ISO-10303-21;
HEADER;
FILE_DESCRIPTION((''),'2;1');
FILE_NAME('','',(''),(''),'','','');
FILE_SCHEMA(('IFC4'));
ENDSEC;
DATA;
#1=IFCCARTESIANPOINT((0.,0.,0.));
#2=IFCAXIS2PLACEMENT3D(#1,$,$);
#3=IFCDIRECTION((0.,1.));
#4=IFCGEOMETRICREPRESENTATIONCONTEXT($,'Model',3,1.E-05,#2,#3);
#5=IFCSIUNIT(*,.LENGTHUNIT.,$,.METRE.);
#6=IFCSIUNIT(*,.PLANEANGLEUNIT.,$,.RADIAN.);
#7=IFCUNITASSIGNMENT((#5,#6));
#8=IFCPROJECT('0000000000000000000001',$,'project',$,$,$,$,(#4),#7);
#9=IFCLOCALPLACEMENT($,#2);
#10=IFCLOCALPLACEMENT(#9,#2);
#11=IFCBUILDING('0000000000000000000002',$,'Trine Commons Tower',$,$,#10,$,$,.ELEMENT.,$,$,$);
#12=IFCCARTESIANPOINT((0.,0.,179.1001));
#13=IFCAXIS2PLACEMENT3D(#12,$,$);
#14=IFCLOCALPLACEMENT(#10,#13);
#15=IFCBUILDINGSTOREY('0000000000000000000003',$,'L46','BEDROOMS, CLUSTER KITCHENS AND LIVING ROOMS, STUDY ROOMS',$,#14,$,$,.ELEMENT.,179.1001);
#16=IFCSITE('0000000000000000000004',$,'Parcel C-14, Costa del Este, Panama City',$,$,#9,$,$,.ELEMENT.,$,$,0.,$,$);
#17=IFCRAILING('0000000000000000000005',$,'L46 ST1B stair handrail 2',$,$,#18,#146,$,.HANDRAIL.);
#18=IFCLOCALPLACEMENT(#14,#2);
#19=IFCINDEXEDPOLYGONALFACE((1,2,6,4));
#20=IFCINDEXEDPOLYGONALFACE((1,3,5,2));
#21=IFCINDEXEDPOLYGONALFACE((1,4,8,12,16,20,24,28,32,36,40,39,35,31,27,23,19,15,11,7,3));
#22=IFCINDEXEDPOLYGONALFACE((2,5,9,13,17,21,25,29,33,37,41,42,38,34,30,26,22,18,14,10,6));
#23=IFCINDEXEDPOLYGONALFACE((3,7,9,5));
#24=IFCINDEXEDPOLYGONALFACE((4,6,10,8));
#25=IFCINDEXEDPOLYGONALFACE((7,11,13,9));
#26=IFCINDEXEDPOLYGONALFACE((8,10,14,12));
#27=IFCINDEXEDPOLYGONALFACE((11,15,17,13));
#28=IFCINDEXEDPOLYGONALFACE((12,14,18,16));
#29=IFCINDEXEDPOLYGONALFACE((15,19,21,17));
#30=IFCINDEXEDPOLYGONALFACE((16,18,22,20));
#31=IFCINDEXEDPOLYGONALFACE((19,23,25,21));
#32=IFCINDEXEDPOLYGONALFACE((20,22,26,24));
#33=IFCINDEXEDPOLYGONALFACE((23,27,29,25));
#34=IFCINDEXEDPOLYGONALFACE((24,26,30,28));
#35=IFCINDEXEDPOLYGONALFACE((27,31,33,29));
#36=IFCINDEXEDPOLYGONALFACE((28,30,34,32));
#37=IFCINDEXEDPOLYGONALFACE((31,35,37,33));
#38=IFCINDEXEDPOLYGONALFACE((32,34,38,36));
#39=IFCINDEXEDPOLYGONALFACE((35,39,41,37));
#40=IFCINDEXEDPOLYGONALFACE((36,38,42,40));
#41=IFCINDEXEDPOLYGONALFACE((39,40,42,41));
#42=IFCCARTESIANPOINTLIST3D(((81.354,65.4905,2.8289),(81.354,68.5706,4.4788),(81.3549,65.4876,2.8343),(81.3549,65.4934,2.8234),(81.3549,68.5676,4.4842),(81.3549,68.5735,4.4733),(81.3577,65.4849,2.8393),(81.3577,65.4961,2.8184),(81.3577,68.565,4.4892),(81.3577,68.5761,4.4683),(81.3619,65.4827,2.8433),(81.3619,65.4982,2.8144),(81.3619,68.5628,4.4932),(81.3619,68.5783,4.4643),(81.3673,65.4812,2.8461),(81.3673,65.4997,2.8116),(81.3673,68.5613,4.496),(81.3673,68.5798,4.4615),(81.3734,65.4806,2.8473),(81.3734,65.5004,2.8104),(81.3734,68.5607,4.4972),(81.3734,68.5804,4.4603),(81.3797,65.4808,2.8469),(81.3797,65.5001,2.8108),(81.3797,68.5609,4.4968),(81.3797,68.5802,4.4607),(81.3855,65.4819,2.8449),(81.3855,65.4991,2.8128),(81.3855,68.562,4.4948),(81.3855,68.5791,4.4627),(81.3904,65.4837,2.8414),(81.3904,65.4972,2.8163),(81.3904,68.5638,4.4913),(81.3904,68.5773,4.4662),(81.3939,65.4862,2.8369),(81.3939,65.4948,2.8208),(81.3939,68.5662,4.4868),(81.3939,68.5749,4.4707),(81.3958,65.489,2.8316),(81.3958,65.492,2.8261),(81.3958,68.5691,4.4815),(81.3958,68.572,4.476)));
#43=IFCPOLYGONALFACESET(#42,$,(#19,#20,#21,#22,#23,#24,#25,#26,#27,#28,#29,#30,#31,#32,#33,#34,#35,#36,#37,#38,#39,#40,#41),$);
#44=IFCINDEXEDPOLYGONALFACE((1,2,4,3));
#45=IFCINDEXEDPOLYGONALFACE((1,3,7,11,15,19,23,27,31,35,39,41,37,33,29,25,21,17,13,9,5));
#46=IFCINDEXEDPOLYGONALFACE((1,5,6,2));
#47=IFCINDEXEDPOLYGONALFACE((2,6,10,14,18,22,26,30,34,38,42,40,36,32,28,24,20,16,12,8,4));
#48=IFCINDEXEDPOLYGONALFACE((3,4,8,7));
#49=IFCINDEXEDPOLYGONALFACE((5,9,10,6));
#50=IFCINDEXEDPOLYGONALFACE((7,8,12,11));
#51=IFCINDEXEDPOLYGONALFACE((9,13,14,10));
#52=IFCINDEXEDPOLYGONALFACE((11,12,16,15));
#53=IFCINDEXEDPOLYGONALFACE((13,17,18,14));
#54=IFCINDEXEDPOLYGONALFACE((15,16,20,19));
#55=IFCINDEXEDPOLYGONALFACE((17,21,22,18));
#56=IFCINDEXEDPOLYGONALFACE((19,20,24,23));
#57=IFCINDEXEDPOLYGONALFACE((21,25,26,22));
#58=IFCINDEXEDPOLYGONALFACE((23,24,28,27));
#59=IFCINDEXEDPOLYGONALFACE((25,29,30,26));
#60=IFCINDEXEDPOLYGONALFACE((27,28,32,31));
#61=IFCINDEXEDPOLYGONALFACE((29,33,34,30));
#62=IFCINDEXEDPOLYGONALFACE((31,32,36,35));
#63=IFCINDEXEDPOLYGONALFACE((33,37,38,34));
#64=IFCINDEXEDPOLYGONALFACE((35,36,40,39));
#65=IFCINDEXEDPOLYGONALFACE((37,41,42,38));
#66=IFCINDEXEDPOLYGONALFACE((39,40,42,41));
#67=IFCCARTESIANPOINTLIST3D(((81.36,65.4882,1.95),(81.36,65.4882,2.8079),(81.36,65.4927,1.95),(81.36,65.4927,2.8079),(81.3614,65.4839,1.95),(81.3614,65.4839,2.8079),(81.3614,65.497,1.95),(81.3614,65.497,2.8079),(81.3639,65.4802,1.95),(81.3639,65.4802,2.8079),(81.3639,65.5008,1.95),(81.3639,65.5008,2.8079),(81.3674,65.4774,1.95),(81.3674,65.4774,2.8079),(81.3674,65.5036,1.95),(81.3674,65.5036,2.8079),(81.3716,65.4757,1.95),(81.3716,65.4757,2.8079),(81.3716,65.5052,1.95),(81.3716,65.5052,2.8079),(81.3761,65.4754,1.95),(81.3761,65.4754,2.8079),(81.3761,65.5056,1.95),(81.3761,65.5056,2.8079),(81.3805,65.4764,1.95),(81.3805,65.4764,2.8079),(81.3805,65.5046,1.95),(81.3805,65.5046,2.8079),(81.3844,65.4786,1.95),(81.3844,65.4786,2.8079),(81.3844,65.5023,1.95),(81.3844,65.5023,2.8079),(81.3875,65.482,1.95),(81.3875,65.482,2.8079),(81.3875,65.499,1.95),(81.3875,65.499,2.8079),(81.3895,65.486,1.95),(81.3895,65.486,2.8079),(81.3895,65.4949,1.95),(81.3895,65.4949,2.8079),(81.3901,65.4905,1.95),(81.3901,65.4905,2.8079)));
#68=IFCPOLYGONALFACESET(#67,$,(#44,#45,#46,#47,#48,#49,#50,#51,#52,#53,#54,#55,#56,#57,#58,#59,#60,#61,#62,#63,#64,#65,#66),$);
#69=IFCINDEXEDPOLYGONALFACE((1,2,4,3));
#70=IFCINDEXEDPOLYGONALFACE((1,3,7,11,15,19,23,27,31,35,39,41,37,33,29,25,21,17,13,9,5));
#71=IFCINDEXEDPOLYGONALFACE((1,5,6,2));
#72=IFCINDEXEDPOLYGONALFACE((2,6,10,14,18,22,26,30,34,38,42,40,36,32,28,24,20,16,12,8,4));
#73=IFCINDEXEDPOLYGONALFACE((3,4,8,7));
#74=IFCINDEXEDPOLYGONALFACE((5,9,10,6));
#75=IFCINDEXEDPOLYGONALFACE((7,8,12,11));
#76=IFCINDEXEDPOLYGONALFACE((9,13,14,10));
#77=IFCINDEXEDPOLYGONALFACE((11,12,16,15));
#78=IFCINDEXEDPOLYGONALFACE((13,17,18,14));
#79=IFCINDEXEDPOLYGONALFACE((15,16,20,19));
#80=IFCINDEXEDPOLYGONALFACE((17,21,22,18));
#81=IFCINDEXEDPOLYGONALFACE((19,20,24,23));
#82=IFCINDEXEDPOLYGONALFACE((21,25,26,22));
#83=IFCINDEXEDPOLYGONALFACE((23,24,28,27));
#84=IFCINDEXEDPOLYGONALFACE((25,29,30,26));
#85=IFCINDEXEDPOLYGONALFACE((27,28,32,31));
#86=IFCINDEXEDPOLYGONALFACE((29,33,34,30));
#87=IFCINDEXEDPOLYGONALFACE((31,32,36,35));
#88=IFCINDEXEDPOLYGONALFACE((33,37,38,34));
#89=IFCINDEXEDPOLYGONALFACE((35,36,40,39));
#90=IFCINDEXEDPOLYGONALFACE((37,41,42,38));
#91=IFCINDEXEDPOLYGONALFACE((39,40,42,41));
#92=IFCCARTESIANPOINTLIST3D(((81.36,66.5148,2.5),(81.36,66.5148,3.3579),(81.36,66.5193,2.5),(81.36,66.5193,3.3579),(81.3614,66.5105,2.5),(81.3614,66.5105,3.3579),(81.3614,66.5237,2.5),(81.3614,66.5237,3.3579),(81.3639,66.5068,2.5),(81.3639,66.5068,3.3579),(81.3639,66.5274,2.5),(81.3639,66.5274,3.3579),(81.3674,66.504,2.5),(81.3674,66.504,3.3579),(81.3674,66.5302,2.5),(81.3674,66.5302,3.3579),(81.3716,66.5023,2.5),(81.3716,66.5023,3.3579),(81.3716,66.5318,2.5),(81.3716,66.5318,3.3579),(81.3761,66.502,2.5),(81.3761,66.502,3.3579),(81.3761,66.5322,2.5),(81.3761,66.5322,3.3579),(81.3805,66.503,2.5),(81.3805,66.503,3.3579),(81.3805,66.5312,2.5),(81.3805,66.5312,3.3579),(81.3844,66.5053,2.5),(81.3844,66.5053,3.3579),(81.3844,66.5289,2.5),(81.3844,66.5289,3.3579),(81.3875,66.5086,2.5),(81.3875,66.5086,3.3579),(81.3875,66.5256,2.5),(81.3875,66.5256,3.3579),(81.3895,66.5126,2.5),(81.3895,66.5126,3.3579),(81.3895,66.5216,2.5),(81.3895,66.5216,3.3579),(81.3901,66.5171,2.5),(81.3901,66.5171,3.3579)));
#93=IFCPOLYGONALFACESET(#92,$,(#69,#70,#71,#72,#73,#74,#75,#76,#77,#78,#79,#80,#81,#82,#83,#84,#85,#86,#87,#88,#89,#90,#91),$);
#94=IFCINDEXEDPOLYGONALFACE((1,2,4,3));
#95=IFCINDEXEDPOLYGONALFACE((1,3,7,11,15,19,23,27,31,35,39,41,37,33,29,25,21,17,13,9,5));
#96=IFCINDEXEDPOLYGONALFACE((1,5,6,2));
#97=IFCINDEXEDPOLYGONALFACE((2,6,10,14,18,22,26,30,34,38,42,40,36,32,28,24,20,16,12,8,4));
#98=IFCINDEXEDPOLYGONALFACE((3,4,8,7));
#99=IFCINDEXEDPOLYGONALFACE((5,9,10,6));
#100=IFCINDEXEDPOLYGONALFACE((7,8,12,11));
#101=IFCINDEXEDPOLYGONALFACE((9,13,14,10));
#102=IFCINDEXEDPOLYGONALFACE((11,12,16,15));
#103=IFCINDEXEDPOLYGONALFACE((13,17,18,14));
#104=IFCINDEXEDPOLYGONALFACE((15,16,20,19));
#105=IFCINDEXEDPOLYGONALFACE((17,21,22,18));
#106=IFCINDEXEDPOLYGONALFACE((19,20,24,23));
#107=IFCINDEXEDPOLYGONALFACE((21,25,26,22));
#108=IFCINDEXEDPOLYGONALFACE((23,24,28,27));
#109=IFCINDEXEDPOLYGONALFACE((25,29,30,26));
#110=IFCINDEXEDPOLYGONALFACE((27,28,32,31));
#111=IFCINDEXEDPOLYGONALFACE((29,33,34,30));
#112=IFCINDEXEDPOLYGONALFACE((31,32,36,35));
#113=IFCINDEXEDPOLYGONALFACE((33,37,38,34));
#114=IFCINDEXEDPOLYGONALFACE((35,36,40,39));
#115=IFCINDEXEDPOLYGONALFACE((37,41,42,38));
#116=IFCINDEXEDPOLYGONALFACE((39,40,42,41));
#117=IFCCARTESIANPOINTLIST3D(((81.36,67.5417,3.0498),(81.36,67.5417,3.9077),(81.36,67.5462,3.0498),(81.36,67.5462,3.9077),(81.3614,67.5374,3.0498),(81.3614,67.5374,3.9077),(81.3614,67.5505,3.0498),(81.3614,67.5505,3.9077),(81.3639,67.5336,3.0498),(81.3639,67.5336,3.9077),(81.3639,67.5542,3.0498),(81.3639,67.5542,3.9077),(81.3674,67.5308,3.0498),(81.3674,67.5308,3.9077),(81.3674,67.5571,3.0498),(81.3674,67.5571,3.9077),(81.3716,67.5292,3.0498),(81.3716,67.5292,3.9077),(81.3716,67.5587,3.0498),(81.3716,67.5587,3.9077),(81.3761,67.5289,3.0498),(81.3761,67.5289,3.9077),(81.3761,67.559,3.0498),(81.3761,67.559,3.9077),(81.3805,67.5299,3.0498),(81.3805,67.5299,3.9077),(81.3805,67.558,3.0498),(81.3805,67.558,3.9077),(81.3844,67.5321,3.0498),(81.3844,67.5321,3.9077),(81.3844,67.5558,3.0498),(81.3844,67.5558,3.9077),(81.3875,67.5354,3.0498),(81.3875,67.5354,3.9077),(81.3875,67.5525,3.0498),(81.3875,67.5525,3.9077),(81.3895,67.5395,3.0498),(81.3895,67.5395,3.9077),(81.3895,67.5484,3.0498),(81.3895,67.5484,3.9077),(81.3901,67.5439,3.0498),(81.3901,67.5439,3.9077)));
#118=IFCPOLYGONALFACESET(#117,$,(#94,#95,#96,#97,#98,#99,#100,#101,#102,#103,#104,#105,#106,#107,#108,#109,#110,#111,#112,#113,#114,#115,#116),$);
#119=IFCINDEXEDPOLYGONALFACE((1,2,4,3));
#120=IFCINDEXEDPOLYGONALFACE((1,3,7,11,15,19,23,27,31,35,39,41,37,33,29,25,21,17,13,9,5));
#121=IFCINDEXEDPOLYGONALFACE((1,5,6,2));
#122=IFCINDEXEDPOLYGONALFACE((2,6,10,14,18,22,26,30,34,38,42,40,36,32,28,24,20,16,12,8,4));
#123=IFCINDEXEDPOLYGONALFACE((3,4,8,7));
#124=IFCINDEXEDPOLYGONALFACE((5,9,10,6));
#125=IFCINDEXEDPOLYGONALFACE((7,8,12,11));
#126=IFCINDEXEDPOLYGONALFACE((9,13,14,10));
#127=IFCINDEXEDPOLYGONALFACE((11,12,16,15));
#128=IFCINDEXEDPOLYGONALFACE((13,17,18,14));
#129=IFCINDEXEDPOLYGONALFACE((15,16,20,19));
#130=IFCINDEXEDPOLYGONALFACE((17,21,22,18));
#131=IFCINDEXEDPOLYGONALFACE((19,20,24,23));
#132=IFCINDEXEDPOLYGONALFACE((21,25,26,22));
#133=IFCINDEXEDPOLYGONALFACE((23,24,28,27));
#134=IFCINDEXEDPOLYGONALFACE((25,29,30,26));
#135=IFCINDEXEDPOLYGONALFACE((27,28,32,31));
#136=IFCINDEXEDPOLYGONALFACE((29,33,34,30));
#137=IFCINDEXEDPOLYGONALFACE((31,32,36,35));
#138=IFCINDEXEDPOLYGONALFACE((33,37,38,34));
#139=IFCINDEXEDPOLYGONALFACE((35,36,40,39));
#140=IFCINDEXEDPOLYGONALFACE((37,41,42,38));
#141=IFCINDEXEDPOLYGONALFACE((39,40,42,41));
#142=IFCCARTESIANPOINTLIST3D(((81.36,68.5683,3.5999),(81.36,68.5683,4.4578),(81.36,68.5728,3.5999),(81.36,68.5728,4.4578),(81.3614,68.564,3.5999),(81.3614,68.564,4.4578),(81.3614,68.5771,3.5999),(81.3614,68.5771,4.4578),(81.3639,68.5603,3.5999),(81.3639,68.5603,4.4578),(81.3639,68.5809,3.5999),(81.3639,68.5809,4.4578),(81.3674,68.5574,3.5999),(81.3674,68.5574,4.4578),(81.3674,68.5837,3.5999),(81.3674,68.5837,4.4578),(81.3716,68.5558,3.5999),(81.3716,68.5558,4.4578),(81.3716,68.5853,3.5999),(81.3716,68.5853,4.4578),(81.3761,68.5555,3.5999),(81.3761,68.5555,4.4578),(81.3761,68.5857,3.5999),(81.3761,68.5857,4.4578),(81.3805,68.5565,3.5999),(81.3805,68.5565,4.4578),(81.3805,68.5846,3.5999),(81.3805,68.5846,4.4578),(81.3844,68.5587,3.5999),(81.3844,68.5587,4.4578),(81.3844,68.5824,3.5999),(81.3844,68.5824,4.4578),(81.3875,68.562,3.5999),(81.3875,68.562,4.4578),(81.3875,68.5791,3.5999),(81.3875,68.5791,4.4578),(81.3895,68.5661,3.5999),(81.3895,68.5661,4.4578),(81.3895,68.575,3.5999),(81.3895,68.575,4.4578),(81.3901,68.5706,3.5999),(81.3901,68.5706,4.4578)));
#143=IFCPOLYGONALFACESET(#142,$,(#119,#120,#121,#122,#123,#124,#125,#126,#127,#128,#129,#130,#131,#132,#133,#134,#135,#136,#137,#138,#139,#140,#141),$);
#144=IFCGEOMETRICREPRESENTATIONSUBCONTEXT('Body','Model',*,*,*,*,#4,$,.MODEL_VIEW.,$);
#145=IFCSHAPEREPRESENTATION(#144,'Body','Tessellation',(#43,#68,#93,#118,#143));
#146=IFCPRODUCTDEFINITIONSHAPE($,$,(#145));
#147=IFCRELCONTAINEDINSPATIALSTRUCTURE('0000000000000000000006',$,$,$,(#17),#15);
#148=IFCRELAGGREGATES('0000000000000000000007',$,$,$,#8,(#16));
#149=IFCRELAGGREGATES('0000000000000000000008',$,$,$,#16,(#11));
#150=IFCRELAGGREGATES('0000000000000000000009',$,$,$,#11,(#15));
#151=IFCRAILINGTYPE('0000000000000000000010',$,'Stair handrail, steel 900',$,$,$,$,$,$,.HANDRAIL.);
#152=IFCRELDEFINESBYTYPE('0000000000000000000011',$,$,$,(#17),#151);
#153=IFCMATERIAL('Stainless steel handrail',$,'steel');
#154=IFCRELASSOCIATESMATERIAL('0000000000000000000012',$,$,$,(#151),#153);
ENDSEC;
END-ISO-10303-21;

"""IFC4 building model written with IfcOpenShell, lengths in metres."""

from ifc_helpers import new_model, si_unit, direction, frame, origin, origin_2d, place, context, subcontext, project, spatial, circle, extrude, material, type_object, element, save


model = new_model("IFC4")

# Units and contexts
model_context = context("Model", 3, precision=1e-05, world=origin(), true_north=direction((0.0, 1.0)))
body_context = subcontext(model_context, "Body", "Model", "MODEL_VIEW")
ifc_project = project(units=[si_unit("LENGTHUNIT", "METRE"), si_unit("PLANEANGLEUNIT", "RADIAN")], contexts=[model_context])

# Site, building, storey
site_placement = place(None, origin())
site = spatial("IfcSite", under=ifc_project, at=site_placement, Name="Parcel C-14, Costa del Este, Panama City", CompositionType="ELEMENT", RefElevation=0.0)
building_placement = place(site_placement, origin())
building = spatial("IfcBuilding", under=site, at=building_placement, Name="Trine Commons Tower", CompositionType="ELEMENT")
storey_placement = place(building_placement, frame((0.0, 0.0, 179.1001)))
storey = spatial("IfcBuildingStorey", under=building, at=storey_placement, Name="L46", Description="BEDROOMS, CLUSTER KITCHENS AND LIVING ROOMS, STUDY ROOMS", CompositionType="ELEMENT", Elevation=179.1001)

# Railing
ifc_material_1 = material(Name="Stainless steel handrail", Category="steel")
railing_type_1 = type_object("IfcRailingType", Name="Stair handrail, steel 900", PredefinedType="HANDRAIL", material=ifc_material_1)
railing_1_placement = place(storey_placement, frame((81.375, 65.4905, 1.95)))
element("IfcRailing", 1, at=railing_1_placement, inside=storey, type_object=railing_type_1, Name="L46 ST1B stair handrail 2", PredefinedType="HANDRAIL", context=body_context, shape_type="SweptSolid", body=[
    extrude(circle(Radius=0.021, at=origin_2d()), frame((0.0, 0.0, 0.8789), z_axis=(0.0, 0.881497, 0.47219), x_axis=(-1.0, 0.0, 0.0)), (0.0, 0.0, 1.0), 3.4941),
    extrude(circle(Radius=0.0151, at=origin_2d()), origin(), (0.0, 0.0, 1.0), 0.8579),
    extrude(circle(Radius=0.0151, at=origin_2d()), frame((0.0, 1.0266, 0.55)), (0.0, 0.0, 1.0), 0.8579),
    extrude(circle(Radius=0.0151, at=origin_2d()), frame((0.0, 2.0535, 1.0999)), (0.0, 0.0, 1.0), 0.8579),
    extrude(circle(Radius=0.0151, at=origin_2d()), frame((0.0, 3.0801, 1.6499)), (0.0, 0.0, 1.0), 0.8579),
])

save(model, "model.ifc")
